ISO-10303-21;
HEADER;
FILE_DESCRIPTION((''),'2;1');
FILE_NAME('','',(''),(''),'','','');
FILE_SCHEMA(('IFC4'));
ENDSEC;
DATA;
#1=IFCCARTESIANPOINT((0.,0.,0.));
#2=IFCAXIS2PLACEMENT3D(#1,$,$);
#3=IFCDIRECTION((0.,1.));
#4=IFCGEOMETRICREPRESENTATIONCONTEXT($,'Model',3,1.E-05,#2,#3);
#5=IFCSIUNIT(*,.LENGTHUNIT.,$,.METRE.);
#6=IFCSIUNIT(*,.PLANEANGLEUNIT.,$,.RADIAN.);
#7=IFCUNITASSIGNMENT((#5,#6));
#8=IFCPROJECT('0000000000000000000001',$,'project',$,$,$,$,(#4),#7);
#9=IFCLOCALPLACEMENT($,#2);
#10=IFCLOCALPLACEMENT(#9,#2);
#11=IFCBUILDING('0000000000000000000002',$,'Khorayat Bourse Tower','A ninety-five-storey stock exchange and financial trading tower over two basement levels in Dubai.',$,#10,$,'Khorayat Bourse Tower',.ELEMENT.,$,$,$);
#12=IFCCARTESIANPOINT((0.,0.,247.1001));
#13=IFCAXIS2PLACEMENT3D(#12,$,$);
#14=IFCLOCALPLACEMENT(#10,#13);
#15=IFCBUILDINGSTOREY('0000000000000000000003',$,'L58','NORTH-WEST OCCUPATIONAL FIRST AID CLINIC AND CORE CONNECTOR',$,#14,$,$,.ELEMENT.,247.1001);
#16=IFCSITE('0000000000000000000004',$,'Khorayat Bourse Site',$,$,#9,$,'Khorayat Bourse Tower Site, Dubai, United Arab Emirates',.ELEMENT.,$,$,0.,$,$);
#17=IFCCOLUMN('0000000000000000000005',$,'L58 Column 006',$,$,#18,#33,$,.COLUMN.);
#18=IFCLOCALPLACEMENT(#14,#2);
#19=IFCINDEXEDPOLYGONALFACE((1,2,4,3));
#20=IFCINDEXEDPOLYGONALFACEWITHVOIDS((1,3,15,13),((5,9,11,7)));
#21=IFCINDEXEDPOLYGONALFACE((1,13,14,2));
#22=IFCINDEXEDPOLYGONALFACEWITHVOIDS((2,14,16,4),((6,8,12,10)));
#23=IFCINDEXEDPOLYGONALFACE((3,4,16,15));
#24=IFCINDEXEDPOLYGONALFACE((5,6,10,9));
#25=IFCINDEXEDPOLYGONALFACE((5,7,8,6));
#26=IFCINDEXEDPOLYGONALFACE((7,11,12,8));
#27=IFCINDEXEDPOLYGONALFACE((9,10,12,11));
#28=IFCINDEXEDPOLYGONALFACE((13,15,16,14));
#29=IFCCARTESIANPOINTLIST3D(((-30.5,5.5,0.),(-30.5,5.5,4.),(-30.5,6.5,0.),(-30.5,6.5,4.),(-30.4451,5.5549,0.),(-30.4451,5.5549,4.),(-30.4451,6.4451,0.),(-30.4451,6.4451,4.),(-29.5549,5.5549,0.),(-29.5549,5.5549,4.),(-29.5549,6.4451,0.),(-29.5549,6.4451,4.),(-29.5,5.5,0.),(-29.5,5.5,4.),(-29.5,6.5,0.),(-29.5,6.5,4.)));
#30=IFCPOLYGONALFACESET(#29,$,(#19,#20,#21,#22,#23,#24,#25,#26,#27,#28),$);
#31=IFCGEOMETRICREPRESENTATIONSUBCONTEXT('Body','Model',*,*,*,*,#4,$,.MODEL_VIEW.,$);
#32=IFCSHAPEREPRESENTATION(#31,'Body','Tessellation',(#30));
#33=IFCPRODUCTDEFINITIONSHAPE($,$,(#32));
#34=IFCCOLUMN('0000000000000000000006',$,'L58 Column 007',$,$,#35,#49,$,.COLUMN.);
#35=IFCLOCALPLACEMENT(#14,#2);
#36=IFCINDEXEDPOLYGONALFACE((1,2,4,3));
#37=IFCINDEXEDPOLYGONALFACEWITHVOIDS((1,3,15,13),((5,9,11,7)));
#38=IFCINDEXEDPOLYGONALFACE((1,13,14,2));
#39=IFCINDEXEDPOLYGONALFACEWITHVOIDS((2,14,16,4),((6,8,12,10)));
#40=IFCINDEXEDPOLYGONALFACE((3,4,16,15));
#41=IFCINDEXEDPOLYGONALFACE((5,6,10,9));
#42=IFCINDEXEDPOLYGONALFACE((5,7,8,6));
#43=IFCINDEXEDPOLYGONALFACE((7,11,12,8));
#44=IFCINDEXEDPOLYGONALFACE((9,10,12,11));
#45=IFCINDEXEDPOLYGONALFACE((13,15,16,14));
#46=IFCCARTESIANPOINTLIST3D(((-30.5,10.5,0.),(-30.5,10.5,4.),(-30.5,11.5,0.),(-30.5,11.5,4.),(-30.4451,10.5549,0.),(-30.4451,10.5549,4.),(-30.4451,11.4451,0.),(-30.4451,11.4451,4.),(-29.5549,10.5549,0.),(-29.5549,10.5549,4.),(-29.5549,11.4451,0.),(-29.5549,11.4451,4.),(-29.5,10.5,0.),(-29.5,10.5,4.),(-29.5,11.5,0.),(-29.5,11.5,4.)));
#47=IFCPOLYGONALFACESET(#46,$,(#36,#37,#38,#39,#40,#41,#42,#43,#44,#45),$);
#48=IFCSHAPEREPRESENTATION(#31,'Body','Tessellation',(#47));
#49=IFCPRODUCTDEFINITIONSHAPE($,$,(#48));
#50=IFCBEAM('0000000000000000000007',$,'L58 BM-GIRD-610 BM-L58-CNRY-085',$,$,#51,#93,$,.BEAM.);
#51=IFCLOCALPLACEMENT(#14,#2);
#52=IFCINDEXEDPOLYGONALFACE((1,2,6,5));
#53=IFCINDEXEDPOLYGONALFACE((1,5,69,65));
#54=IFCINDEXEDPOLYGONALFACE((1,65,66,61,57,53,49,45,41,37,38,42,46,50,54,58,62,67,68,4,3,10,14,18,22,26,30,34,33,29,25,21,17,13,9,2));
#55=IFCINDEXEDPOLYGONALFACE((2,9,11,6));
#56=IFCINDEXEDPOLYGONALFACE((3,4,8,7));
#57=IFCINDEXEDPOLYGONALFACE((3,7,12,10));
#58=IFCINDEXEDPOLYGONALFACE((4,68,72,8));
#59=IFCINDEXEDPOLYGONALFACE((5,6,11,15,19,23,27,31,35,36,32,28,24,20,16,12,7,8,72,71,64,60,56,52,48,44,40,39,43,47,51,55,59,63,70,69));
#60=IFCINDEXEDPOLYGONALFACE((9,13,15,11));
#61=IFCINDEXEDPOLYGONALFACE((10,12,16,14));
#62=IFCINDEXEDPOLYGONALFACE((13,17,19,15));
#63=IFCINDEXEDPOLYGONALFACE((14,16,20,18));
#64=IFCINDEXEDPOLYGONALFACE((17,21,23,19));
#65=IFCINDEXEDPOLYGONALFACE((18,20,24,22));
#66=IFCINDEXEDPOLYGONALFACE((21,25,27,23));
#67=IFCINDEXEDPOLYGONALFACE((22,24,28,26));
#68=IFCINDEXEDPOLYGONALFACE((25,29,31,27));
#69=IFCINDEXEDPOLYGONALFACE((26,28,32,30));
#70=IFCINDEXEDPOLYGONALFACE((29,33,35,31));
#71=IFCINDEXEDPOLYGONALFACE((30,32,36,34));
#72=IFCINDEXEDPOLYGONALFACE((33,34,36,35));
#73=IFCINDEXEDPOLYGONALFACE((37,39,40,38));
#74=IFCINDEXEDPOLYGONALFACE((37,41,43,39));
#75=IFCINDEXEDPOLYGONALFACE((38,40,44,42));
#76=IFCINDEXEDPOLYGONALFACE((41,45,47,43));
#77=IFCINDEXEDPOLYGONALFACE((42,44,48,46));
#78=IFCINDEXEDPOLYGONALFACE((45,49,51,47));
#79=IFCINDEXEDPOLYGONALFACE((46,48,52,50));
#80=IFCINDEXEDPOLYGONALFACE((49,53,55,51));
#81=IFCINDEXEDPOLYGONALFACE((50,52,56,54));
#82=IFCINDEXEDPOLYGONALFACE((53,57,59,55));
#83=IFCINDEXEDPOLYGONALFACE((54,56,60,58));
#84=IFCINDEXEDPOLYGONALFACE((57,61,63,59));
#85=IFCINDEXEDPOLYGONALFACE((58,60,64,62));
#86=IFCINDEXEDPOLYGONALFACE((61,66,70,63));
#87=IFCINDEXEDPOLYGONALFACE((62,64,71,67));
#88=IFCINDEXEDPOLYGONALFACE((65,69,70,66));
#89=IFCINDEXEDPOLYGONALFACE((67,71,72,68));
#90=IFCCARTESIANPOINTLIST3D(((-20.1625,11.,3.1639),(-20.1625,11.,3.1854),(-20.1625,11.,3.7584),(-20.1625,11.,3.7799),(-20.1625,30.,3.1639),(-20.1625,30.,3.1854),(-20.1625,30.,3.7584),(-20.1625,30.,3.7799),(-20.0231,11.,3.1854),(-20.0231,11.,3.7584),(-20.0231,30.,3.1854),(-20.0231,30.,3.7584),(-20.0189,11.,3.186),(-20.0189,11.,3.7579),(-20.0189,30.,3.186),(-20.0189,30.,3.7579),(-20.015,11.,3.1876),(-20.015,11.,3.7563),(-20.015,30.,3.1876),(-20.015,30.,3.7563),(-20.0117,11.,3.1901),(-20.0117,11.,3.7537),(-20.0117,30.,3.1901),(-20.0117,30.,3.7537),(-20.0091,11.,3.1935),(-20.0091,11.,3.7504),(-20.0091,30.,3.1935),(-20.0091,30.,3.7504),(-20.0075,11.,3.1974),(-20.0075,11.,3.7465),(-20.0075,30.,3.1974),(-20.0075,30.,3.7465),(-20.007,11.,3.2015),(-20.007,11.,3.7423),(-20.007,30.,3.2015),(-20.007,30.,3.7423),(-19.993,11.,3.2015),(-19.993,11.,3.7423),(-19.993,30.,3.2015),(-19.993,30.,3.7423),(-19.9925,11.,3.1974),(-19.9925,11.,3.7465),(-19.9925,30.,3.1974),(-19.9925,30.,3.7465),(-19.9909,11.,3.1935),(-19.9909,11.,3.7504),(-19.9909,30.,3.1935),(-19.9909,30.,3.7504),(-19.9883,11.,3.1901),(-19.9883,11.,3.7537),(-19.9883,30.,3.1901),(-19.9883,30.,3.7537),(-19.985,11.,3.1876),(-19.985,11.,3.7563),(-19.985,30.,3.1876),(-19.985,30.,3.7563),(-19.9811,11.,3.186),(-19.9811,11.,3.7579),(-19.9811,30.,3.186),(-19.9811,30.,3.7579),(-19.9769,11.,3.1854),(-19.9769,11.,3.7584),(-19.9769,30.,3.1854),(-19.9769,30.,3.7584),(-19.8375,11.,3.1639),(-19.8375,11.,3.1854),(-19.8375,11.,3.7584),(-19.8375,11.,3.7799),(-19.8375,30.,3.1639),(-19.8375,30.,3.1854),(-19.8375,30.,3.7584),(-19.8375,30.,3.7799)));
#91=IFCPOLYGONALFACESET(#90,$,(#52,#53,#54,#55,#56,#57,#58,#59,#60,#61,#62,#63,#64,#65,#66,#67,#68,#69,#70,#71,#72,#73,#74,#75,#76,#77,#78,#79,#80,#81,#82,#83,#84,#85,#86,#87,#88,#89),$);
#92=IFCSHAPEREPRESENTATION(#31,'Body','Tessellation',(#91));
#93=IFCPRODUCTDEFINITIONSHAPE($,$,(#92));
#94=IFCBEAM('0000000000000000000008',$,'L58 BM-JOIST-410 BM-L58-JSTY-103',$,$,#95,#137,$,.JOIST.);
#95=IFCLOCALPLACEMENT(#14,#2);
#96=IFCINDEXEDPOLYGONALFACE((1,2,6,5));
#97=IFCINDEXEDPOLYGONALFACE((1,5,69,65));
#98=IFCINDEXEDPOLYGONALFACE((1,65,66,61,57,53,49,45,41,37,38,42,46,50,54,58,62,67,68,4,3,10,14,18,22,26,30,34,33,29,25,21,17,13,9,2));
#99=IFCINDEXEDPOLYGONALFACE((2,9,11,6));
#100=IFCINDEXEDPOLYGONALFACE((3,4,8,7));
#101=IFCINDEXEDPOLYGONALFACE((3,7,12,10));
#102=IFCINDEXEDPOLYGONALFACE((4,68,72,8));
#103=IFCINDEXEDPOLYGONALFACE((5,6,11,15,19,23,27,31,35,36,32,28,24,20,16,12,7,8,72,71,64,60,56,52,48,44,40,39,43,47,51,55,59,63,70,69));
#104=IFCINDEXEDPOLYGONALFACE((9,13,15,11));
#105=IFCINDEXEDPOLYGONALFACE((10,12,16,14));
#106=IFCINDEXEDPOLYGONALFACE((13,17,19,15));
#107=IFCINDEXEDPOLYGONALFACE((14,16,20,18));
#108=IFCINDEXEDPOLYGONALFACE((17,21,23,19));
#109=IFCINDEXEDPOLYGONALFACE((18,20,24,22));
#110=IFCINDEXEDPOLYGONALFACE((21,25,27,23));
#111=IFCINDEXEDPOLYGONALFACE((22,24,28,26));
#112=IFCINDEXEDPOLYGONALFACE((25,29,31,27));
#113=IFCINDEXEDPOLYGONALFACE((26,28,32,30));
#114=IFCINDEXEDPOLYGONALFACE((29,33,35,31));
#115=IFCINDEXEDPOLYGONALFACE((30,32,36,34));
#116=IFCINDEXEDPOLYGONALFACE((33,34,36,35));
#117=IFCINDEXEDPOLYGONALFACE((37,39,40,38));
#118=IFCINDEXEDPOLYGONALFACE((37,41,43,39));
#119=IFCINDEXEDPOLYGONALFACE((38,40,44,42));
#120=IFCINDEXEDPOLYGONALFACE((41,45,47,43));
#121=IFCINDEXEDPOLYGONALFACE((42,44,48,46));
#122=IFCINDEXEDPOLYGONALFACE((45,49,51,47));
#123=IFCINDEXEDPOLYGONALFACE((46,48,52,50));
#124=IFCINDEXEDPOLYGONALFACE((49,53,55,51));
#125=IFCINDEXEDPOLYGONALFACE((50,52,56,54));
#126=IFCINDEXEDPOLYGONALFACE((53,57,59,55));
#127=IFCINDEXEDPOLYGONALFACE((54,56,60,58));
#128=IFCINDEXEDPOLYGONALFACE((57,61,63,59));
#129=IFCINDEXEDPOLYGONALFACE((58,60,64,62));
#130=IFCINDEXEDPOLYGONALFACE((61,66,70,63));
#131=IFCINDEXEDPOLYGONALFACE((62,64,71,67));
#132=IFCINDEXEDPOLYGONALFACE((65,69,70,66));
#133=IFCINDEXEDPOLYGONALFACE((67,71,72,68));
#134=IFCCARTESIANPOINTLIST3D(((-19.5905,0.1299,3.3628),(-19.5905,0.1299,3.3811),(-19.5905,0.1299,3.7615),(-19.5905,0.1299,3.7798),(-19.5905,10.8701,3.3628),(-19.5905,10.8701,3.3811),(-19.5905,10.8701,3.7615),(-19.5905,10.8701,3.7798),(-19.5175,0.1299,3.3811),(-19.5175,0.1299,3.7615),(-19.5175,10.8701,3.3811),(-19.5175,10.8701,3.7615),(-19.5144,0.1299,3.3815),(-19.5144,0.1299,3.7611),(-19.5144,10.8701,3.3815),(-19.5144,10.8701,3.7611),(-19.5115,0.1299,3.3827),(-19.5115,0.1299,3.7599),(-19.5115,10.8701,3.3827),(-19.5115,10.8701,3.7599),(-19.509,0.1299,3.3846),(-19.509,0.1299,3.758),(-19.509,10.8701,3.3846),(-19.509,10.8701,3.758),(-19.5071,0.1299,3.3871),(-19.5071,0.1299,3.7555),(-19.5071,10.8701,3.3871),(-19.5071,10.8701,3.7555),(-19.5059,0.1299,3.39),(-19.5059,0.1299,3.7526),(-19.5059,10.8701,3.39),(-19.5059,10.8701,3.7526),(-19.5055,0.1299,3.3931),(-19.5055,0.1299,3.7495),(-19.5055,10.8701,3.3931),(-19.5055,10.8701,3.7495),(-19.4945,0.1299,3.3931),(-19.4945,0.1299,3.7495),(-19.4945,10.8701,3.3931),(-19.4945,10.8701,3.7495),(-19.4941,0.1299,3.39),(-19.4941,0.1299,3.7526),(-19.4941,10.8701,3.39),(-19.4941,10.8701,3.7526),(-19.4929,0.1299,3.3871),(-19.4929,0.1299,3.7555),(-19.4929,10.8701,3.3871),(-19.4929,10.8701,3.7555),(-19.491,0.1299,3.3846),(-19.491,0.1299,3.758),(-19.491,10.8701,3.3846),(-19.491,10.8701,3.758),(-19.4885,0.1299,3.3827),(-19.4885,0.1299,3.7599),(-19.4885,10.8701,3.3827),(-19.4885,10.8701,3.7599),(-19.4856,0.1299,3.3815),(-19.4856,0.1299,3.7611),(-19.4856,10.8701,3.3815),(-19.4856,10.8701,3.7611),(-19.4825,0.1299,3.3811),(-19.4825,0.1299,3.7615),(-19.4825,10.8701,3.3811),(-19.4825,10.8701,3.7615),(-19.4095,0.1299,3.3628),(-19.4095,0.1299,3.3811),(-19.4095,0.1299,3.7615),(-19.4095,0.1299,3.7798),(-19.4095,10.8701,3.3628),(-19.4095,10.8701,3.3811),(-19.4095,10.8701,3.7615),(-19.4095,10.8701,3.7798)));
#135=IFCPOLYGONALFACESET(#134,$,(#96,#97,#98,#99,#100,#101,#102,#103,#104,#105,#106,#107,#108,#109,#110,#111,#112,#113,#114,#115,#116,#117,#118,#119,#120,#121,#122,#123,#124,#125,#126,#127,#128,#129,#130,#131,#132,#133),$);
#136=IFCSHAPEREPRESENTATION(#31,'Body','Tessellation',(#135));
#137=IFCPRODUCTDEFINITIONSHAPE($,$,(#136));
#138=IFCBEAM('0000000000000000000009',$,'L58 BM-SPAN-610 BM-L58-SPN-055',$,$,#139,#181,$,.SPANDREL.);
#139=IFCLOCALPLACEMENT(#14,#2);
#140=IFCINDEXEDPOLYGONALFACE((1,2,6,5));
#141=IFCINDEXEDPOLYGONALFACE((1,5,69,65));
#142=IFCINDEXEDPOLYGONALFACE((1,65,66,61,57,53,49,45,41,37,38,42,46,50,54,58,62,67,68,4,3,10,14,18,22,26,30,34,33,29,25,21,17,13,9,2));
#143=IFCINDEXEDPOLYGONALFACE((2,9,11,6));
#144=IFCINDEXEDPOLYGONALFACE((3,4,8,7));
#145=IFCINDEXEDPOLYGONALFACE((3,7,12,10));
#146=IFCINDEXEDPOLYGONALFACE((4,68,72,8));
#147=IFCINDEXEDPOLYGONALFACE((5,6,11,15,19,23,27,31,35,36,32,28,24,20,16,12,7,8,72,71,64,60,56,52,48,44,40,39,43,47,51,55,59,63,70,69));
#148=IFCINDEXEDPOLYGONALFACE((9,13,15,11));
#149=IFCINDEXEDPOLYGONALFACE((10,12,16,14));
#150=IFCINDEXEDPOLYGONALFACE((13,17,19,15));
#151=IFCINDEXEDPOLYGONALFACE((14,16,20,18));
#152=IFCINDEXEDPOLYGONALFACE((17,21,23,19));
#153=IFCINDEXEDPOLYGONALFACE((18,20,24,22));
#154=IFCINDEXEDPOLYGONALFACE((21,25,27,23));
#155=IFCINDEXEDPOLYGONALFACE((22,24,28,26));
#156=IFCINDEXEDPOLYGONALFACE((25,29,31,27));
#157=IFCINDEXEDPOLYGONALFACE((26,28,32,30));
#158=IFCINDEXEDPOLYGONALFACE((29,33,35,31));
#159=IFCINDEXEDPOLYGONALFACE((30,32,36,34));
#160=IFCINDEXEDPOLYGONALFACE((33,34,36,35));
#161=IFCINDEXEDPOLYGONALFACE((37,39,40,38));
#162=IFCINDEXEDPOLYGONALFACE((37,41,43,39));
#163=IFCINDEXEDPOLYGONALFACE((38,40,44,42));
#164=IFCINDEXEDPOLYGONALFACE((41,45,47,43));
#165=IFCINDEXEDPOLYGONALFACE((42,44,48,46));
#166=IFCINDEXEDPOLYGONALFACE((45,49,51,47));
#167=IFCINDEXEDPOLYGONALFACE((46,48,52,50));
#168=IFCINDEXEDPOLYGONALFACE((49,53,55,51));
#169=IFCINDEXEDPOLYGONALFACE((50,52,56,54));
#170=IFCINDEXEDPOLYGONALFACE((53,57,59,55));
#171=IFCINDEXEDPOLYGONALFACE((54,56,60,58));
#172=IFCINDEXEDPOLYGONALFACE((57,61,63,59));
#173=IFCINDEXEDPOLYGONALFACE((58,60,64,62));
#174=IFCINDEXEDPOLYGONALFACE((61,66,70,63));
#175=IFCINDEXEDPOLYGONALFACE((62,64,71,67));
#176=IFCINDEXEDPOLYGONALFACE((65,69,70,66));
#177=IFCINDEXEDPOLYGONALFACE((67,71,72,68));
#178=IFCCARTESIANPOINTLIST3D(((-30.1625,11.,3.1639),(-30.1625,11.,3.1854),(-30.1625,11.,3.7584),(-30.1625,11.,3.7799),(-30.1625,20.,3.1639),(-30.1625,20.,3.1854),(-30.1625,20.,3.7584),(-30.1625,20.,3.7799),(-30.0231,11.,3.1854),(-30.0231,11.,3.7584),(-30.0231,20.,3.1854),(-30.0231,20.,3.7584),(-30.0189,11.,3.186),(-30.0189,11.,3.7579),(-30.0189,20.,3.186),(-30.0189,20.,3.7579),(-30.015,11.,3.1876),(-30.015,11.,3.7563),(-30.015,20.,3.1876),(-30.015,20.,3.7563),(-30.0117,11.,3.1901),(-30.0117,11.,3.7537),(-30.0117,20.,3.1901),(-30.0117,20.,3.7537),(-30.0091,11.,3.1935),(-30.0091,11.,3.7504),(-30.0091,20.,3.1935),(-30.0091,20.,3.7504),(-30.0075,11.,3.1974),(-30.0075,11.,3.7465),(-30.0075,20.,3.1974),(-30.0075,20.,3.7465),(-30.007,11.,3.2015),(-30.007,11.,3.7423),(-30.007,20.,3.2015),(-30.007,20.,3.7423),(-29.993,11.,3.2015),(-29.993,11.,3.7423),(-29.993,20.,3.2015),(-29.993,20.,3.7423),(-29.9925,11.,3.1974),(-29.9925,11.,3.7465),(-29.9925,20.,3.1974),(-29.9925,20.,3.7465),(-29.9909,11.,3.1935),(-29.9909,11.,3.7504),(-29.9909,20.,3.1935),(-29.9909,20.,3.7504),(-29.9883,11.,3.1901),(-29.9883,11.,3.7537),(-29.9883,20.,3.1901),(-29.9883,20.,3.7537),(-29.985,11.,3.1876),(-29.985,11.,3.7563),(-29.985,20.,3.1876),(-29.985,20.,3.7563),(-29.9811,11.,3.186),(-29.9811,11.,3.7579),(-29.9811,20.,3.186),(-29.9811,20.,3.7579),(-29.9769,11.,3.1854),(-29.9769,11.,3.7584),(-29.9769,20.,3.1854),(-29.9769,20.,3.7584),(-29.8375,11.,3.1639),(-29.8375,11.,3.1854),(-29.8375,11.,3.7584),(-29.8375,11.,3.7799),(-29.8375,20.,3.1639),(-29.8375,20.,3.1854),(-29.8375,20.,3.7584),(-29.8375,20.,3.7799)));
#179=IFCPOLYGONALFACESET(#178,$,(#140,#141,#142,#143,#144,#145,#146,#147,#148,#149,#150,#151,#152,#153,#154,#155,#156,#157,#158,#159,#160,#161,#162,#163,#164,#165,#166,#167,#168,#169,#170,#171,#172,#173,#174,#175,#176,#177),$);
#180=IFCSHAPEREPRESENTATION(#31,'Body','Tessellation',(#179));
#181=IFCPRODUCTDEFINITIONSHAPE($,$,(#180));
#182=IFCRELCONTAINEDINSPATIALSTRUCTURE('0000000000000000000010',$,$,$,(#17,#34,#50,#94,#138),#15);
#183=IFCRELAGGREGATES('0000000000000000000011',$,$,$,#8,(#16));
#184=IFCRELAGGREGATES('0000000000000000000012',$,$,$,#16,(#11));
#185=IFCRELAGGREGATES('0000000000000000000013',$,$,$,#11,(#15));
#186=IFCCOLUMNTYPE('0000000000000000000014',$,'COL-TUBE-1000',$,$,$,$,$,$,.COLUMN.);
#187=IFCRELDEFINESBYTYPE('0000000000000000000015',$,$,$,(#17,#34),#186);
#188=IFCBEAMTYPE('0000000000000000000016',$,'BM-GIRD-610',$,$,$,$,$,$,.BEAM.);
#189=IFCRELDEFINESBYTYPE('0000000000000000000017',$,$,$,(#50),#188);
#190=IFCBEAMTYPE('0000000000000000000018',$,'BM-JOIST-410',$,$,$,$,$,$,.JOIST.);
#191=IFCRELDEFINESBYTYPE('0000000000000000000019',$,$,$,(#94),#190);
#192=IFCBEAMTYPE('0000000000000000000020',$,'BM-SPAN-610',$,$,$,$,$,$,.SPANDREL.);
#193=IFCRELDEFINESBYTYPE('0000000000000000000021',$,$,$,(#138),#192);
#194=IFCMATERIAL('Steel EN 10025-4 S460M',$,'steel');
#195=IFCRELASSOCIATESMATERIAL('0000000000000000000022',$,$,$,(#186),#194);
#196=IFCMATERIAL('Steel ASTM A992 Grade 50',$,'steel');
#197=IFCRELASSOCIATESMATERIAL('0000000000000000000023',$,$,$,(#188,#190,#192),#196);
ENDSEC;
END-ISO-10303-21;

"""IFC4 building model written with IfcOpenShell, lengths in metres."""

from ifc_helpers import new_model, si_unit, direction, frame, origin, origin_2d, place, context, subcontext, project, spatial, hollow_rectangle, i_section, extrude, source, transform, mapped, material, material_profile, profile_set, type_object, element, save


model = new_model("IFC4")

# Units and contexts
model_context = context("Model", 3, precision=1e-05, world=origin(), true_north=direction((0.0, 1.0)))
body_context = subcontext(model_context, "Body", "Model", "MODEL_VIEW")
ifc_project = project(units=[si_unit("LENGTHUNIT", "METRE"), si_unit("PLANEANGLEUNIT", "RADIAN")], contexts=[model_context])

# Site, building, storey
site_placement = place(None, origin())
site = spatial("IfcSite", under=ifc_project, at=site_placement, Name="Khorayat Bourse Site", LongName="Khorayat Bourse Tower Site, Dubai, United Arab Emirates", CompositionType="ELEMENT", RefElevation=0.0)
building_placement = place(site_placement, origin())
building = spatial("IfcBuilding", under=site, at=building_placement, Name="Khorayat Bourse Tower", Description="A ninety-five-storey stock exchange and financial trading tower over two basement levels in Dubai.", LongName="Khorayat Bourse Tower", CompositionType="ELEMENT")
storey_placement = place(building_placement, frame((0.0, 0.0, 247.1001)))
storey = spatial("IfcBuildingStorey", under=building, at=storey_placement, Name="L58", Description="NORTH-WEST OCCUPATIONAL FIRST AID CLINIC AND CORE CONNECTOR", CompositionType="ELEMENT", Elevation=247.1001)

# Columns
ifc_material_1 = material(Name="Steel EN 10025-4 S460M", Category="steel")
ifc_material_profile_1 = material_profile(ifc_material_1, hollow_rectangle(XDim=1.0, YDim=1.0, WallThickness=0.0549, at=origin_2d()), Name="BOX 1000x1000x55")
ifc_profile_set_1 = profile_set([ifc_material_profile_1], Name="Steel EN 10025-4 S460M")
column_type = type_object("IfcColumnType", Name="COL-TUBE-1000", PredefinedType="COLUMN", material=ifc_profile_set_1)
shared_shape_1 = source(origin(), body_context, "Body", "SweptSolid", [
    extrude(hollow_rectangle(XDim=1.0, YDim=1.0, WallThickness=0.0549, at=origin_2d()), origin(), (0.0, 0.0, 1.0), 4.0),
])
for number, where, z_axis, x_axis, name in (
    (1, (-30.0, 6.0, 0.0), (0.0, 0.0, 1.0), (1.0, 0.0, 0.0), "L58 Column 006"),
    (2, (-30.0, 11.0, 0.0), (0.0, 0.0, 1.0), (1.0, 0.0, 0.0), "L58 Column 007"),
):
    element("IfcColumn", number, at=place(storey_placement, frame(where, z_axis=z_axis, x_axis=x_axis)), inside=storey, type_object=column_type, Name=name, PredefinedType="COLUMN", context=body_context, shape_type="MappedRepresentation", body=[
        mapped(shared_shape_1, transform((0.0, 0.0, 0.0), scale=1.0)),
    ])

# Beams
ifc_material_2 = material(Name="Steel ASTM A992 Grade 50", Category="steel")
ifc_material_profile_2 = material_profile(ifc_material_2, i_section(OverallWidth=0.325, OverallDepth=0.616, WebThickness=0.0139, FlangeThickness=0.0215, FilletRadius=0.0161, at=origin_2d()), Name="W610X174")
ifc_profile_set_2 = profile_set([ifc_material_profile_2], Name="Steel ASTM A992 Grade 50")
beam_type_1 = type_object("IfcBeamType", Name="BM-GIRD-610", PredefinedType="BEAM", material=ifc_profile_set_2)
shared_shape_2 = source(origin(), body_context, "Body", "SweptSolid", [
    extrude(i_section(OverallWidth=0.325, OverallDepth=0.616, WebThickness=0.0139, FlangeThickness=0.0215, FilletRadius=0.0161, at=origin_2d()), origin(), (0.0, 0.0, 1.0), 19.0),
])
beam_1_placement = place(storey_placement, frame((-20.0, 11.0, 3.4719), z_axis=(0.0, 1.0, 0.0), x_axis=(-1.0, 0.0, 0.0)))
element("IfcBeam", 3, at=beam_1_placement, inside=storey, type_object=beam_type_1, Name="L58 BM-GIRD-610 BM-L58-CNRY-085", PredefinedType="BEAM", context=body_context, shape_type="MappedRepresentation", body=[
    mapped(shared_shape_2, transform((0.0, 0.0, 0.0), scale=1.0)),
])
ifc_material_profile_3 = material_profile(ifc_material_2, i_section(OverallWidth=0.1809, OverallDepth=0.417, WebThickness=0.011, FlangeThickness=0.0183, FilletRadius=0.012, at=origin_2d()), Name="W410X85")
ifc_profile_set_3 = profile_set([ifc_material_profile_3], Name="Steel ASTM A992 Grade 50")
beam_type_2 = type_object("IfcBeamType", Name="BM-JOIST-410", PredefinedType="JOIST", material=ifc_profile_set_3)
shared_shape_3 = source(origin(), body_context, "Body", "SweptSolid", [
    extrude(i_section(OverallWidth=0.1809, OverallDepth=0.417, WebThickness=0.011, FlangeThickness=0.0183, FilletRadius=0.012, at=origin_2d()), origin(), (0.0, 0.0, 1.0), 10.7402),
])
beam_2_placement = place(storey_placement, frame((-19.5, 0.1299, 3.5713), z_axis=(0.0, 1.0, 0.0), x_axis=(-1.0, 0.0, 0.0)))
element("IfcBeam", 4, at=beam_2_placement, inside=storey, type_object=beam_type_2, Name="L58 BM-JOIST-410 BM-L58-JSTY-103", PredefinedType="JOIST", context=body_context, shape_type="MappedRepresentation", body=[
    mapped(shared_shape_3, transform((0.0, 0.0, 0.0), scale=1.0)),
])
ifc_material_profile_4 = material_profile(ifc_material_2, i_section(OverallWidth=0.325, OverallDepth=0.616, WebThickness=0.0139, FlangeThickness=0.0215, FilletRadius=0.0161, at=origin_2d()), Name="W610X174")
ifc_profile_set_4 = profile_set([ifc_material_profile_4], Name="Steel ASTM A992 Grade 50")
beam_type_3 = type_object("IfcBeamType", Name="BM-SPAN-610", PredefinedType="SPANDREL", material=ifc_profile_set_4)
shared_shape_4 = source(origin(), body_context, "Body", "SweptSolid", [
    extrude(i_section(OverallWidth=0.325, OverallDepth=0.616, WebThickness=0.0139, FlangeThickness=0.0215, FilletRadius=0.0161, at=origin_2d()), origin(), (0.0, 0.0, 1.0), 9.0),
])
beam_3_placement = place(storey_placement, frame((-30.0, 11.0, 3.4719), z_axis=(0.0, 1.0, 0.0), x_axis=(-1.0, 0.0, 0.0)))
element("IfcBeam", 5, at=beam_3_placement, inside=storey, type_object=beam_type_3, Name="L58 BM-SPAN-610 BM-L58-SPN-055", PredefinedType="SPANDREL", context=body_context, shape_type="MappedRepresentation", body=[
    mapped(shared_shape_4, transform((0.0, 0.0, 0.0), scale=1.0)),
])

save(model, "model.ifc")
